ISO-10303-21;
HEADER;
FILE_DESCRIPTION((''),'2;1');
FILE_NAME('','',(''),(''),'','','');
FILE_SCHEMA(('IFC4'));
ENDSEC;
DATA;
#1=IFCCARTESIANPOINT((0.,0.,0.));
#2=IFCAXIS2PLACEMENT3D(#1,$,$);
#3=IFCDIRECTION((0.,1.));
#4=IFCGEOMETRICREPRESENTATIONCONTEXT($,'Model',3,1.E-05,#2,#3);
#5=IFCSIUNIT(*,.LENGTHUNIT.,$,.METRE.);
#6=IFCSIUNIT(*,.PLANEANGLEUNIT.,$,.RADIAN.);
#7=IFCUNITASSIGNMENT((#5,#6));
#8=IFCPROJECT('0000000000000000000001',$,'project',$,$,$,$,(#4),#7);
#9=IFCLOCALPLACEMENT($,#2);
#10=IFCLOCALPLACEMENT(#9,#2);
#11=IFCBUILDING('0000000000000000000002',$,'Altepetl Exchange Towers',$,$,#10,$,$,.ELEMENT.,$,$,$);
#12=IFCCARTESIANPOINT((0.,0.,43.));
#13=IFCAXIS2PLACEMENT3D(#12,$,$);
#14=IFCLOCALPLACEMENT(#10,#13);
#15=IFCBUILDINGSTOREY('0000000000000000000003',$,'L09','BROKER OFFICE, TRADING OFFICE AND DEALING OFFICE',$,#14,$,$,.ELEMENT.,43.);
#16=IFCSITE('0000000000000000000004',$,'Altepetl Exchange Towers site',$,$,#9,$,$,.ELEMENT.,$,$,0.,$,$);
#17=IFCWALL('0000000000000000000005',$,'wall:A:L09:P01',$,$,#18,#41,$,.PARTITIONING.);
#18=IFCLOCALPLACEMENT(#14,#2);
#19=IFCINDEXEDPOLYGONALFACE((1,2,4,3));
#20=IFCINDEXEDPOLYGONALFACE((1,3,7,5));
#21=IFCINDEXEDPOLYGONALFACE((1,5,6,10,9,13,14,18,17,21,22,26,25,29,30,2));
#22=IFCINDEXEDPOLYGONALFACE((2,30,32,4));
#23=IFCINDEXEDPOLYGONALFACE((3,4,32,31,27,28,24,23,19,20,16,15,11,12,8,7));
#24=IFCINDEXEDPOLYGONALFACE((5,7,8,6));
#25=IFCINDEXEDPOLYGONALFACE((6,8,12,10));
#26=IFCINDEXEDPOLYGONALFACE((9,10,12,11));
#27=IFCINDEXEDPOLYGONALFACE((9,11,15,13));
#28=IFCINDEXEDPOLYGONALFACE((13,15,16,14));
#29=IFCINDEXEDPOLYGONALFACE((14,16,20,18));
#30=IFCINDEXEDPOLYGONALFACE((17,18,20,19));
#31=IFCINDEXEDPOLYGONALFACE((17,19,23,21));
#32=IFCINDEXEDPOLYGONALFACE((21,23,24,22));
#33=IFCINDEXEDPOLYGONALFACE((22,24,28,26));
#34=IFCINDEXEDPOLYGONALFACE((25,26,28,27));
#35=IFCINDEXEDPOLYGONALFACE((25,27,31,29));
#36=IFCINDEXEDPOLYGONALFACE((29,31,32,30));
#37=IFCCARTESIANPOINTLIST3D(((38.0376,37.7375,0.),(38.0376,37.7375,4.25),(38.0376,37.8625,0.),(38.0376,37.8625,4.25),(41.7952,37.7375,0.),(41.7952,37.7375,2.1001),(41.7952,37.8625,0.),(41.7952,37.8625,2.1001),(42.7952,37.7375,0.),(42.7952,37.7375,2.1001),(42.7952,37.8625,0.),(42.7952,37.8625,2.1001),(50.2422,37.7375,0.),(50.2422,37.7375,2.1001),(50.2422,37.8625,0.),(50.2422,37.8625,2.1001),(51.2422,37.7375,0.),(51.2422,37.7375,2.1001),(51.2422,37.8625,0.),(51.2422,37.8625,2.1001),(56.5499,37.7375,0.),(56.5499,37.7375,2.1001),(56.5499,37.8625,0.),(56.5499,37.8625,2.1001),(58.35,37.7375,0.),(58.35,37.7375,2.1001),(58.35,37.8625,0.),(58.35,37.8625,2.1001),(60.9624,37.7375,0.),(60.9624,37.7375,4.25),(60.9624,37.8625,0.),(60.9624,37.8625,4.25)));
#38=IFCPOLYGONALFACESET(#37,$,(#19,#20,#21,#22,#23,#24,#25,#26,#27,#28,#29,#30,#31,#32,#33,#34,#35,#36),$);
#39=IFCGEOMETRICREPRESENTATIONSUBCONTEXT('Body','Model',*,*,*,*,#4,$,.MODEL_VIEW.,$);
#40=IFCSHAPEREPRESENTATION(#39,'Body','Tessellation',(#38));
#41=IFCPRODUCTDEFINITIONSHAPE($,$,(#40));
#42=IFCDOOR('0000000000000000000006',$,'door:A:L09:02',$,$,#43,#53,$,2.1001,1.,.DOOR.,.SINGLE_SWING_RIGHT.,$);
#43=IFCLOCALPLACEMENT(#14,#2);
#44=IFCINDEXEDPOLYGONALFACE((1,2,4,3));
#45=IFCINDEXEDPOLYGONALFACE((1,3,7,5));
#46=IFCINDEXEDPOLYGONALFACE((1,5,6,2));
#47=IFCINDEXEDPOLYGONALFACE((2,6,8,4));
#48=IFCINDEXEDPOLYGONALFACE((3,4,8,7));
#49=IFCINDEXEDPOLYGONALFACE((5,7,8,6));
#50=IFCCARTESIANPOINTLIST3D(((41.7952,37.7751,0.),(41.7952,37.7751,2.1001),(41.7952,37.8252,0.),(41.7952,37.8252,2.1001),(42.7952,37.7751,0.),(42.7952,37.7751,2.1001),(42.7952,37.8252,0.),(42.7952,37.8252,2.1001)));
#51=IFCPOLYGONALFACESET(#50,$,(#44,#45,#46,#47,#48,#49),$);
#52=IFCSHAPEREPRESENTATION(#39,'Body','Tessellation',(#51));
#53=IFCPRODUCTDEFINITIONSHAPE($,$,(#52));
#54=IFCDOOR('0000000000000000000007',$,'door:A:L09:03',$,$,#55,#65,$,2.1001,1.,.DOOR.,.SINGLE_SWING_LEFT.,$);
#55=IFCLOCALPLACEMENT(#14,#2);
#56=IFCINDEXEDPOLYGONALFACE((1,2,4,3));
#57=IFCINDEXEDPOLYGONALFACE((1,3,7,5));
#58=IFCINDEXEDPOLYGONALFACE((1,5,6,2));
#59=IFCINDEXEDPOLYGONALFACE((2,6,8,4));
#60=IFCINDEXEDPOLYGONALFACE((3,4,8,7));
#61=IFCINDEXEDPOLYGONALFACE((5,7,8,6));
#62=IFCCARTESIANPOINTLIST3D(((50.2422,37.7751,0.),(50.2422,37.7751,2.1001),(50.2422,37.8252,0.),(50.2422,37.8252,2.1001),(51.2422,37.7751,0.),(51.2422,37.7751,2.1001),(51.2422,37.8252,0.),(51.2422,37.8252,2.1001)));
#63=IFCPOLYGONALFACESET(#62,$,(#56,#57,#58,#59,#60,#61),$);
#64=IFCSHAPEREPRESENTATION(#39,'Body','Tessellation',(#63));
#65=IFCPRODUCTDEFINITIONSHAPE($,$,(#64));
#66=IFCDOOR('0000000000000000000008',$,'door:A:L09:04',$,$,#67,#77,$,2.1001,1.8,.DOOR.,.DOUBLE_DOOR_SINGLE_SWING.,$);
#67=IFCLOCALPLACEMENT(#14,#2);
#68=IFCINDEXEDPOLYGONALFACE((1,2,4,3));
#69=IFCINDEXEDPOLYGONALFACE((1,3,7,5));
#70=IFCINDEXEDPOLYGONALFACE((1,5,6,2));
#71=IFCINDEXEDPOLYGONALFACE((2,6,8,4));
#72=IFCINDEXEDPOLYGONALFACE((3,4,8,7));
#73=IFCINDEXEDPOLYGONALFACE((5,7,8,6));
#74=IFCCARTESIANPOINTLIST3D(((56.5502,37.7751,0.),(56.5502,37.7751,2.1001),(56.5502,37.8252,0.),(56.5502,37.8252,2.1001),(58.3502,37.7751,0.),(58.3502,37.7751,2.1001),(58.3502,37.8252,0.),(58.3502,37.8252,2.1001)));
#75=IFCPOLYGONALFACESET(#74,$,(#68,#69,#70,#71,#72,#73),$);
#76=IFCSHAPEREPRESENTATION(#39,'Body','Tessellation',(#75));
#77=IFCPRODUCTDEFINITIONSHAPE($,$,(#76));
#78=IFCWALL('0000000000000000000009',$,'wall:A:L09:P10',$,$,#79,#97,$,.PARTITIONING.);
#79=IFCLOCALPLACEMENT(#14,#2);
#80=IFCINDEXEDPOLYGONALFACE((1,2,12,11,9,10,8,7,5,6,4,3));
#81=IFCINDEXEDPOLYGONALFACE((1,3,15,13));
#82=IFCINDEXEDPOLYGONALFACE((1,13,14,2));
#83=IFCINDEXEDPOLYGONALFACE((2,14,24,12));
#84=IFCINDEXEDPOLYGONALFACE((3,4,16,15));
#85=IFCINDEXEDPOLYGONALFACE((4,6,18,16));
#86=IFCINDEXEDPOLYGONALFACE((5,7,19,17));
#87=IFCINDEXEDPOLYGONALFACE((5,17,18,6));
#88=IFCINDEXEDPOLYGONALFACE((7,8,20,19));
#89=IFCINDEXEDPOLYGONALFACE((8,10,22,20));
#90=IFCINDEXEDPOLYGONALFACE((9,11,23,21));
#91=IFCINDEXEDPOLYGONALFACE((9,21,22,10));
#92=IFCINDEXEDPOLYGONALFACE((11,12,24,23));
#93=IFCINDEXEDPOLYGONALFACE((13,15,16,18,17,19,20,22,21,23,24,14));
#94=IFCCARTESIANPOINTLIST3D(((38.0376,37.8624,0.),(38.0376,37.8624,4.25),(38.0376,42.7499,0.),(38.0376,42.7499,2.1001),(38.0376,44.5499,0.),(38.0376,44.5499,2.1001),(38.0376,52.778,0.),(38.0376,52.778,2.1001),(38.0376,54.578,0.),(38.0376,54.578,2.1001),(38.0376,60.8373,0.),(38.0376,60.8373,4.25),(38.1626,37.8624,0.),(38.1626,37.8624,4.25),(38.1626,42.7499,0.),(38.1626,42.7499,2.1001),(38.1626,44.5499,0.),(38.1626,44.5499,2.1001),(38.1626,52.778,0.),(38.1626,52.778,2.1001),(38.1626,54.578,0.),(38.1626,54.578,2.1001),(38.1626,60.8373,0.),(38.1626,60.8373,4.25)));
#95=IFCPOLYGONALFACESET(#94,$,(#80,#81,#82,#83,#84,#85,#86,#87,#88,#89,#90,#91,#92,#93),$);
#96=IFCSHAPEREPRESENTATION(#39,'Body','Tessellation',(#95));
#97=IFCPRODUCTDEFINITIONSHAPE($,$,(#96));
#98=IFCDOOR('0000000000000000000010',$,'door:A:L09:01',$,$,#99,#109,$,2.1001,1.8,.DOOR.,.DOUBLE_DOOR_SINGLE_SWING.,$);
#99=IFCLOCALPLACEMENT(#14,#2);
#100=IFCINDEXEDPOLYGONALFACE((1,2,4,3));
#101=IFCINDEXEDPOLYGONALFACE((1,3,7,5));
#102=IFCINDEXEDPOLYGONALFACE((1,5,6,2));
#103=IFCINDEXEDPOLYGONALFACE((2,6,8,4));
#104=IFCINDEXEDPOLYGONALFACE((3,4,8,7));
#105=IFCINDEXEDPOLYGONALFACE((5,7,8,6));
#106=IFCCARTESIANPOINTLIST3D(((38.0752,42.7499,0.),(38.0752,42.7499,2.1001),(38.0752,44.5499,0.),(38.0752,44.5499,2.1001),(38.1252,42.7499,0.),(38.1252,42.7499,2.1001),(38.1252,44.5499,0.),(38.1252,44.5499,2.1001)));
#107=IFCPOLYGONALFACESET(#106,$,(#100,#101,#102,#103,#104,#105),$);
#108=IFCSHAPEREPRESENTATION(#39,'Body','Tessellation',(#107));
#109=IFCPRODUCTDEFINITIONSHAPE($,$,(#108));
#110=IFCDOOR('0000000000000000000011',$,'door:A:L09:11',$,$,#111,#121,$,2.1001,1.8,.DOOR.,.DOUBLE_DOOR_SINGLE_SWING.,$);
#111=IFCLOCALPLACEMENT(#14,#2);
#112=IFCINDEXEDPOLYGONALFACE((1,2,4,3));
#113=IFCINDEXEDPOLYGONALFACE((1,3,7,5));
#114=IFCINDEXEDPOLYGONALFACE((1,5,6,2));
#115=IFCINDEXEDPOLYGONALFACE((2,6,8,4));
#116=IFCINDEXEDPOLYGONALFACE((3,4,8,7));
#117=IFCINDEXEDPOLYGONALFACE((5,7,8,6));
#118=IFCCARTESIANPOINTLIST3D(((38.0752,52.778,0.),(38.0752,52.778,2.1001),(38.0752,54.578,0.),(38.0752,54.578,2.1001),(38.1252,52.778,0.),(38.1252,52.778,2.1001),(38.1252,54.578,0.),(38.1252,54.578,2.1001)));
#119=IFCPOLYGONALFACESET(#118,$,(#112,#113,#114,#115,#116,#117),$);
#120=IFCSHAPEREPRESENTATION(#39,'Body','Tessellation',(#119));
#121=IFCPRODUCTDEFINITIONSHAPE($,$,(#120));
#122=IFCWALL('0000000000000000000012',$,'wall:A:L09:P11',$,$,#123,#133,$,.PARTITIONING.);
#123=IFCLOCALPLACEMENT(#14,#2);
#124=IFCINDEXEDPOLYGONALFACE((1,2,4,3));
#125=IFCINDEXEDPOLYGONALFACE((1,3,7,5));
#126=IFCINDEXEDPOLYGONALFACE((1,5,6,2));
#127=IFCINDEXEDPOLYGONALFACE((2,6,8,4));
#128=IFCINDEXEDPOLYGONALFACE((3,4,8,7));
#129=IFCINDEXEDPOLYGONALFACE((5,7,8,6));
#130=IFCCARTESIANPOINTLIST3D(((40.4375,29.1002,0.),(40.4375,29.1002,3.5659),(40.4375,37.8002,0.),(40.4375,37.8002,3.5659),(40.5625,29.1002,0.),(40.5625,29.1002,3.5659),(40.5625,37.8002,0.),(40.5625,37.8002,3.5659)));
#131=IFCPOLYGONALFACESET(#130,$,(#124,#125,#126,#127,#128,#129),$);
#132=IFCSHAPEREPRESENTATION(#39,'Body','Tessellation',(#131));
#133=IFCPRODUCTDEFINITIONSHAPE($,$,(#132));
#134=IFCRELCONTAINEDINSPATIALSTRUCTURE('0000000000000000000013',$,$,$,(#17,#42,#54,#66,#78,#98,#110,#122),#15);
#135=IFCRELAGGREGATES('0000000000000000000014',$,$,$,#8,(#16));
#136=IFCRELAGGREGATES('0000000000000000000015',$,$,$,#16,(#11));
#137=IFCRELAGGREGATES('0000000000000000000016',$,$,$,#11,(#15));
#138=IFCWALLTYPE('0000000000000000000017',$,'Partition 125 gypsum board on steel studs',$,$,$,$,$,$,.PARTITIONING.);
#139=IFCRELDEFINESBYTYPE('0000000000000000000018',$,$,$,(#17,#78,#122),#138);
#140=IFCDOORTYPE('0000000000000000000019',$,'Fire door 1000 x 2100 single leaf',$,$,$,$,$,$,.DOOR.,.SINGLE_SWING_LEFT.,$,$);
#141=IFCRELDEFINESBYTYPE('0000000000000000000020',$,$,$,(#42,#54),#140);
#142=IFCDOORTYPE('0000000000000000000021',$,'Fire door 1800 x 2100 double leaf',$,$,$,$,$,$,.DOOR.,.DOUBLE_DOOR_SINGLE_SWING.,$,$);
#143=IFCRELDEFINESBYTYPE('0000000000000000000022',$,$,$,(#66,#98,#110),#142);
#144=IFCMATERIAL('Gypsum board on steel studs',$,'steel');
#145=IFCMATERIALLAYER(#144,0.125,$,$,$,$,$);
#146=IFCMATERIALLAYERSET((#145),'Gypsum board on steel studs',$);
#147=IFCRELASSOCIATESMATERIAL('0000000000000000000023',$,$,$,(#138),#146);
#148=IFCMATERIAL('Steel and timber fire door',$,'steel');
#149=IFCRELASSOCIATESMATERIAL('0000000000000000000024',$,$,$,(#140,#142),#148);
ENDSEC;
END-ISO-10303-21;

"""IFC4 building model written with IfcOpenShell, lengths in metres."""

from ifc_helpers import new_model, si_unit, direction, frame, frame_2d, origin, place, context, subcontext, project, spatial, rectangle, extrude, material, layer, layer_set, type_object, element, fill, save


model = new_model("IFC4")

# Units and contexts
model_context = context("Model", 3, precision=1e-05, world=origin(), true_north=direction((0.0, 1.0)))
body_context = subcontext(model_context, "Body", "Model", "MODEL_VIEW")
ifc_project = project(units=[si_unit("LENGTHUNIT", "METRE"), si_unit("PLANEANGLEUNIT", "RADIAN")], contexts=[model_context])

# Site, building, storey
site_placement = place(None, origin())
site = spatial("IfcSite", under=ifc_project, at=site_placement, Name="Altepetl Exchange Towers site", CompositionType="ELEMENT", RefElevation=0.0)
building_placement = place(site_placement, origin())
building = spatial("IfcBuilding", under=site, at=building_placement, Name="Altepetl Exchange Towers", CompositionType="ELEMENT")
storey_placement = place(building_placement, frame((0.0, 0.0, 43.0)))
storey = spatial("IfcBuildingStorey", under=building, at=storey_placement, Name="L09", Description="BROKER OFFICE, TRADING OFFICE AND DEALING OFFICE", CompositionType="ELEMENT", Elevation=43.0)

# Walls, openings, doors
ifc_material_1 = material(Name="Steel and timber fire door", Category="steel")
ifc_material_2 = material(Name="Gypsum board on steel studs", Category="steel")
ifc_layer_1 = layer(ifc_material_2, 0.125)
ifc_layer_set_1 = layer_set([ifc_layer_1], Name="Gypsum board on steel studs")
wall_type_1 = type_object("IfcWallType", Name="Partition 125 gypsum board on steel studs", PredefinedType="PARTITIONING", material=ifc_layer_set_1)
wall_1_placement = place(storey_placement, frame((38.0376, 37.8, 0.0)))
wall_1 = element("IfcWall", 1, at=wall_1_placement, inside=storey, type_object=wall_type_1, Name="wall:A:L09:P01", PredefinedType="PARTITIONING", context=body_context, shape_type="SweptSolid", body=[
    extrude(rectangle(XDim=22.9248, YDim=0.125, at=frame_2d((11.4624, 0.0))), origin(), (0.0, 0.0, 1.0), 4.25),
])
opening_1_placement = place(wall_1_placement, frame((3.7576, 0.0, 0.0)))
opening_1 = element("IfcOpeningElement", 2, at=opening_1_placement, cuts=wall_1, PredefinedType="OPENING", context=body_context, shape_type="SweptSolid", body=[
    extrude(rectangle(XDim=1.0, YDim=2.1001, at=frame_2d((0.5, 1.05))), frame((0.0, 0.0725, 0.0), z_axis=(0.0, -1.0, 0.0), x_axis=(1.0, 0.0, 0.0)), (0.0, 0.0, 1.0), 0.145),
])
opening_2_placement = place(wall_1_placement, frame((12.2046, 0.0, 0.0)))
opening_2 = element("IfcOpeningElement", 3, at=opening_2_placement, cuts=wall_1, PredefinedType="OPENING", context=body_context, shape_type="SweptSolid", body=[
    extrude(rectangle(XDim=1.0, YDim=2.1001, at=frame_2d((0.5, 1.05))), frame((0.0, 0.0725, 0.0), z_axis=(0.0, -1.0, 0.0), x_axis=(1.0, 0.0, 0.0)), (0.0, 0.0, 1.0), 0.145),
])
opening_3_placement = place(wall_1_placement, frame((18.5125, 0.0, 0.0)))
opening_3 = element("IfcOpeningElement", 4, at=opening_3_placement, cuts=wall_1, PredefinedType="OPENING", context=body_context, shape_type="SweptSolid", body=[
    extrude(rectangle(XDim=1.8, YDim=2.1001, at=frame_2d((0.8999, 1.05))), frame((0.0, 0.0725, 0.0), z_axis=(0.0, -1.0, 0.0), x_axis=(1.0, 0.0, 0.0)), (0.0, 0.0, 1.0), 0.145),
])
door_type_1 = type_object("IfcDoorType", Name="Fire door 1000 x 2100 single leaf", OperationType="SINGLE_SWING_LEFT", PredefinedType="DOOR", material=ifc_material_1)
door_1_placement = place(opening_1_placement, frame((1.0, 0.0, 0.0), x_axis=(-1.0, 0.0, 0.0)))
door_1 = element("IfcDoor", 5, at=door_1_placement, inside=storey, type_object=door_type_1, Name="door:A:L09:02", OperationType="SINGLE_SWING_RIGHT", OverallHeight=2.1001, OverallWidth=1.0, PredefinedType="DOOR", context=body_context, shape_type="SweptSolid", body=[
    extrude(rectangle(XDim=1.0, YDim=2.1001, at=frame_2d((0.5, 1.05))), frame((0.0, 0.0249, 0.0), z_axis=(0.0, -1.0, 0.0), x_axis=(1.0, 0.0, 0.0)), (0.0, 0.0, 1.0), 0.05),
])
fill(opening_1, door_1)
door_2_placement = place(opening_2_placement, frame((1.0, 0.0, 0.0), x_axis=(-1.0, 0.0, 0.0)))
door_2 = element("IfcDoor", 6, at=door_2_placement, inside=storey, type_object=door_type_1, Name="door:A:L09:03", OperationType="SINGLE_SWING_LEFT", OverallHeight=2.1001, OverallWidth=1.0, PredefinedType="DOOR", context=body_context, shape_type="SweptSolid", body=[
    extrude(rectangle(XDim=1.0, YDim=2.1001, at=frame_2d((0.5, 1.05))), frame((0.0, 0.0249, 0.0), z_axis=(0.0, -1.0, 0.0), x_axis=(1.0, 0.0, 0.0)), (0.0, 0.0, 1.0), 0.05),
])
fill(opening_2, door_2)
door_type_2 = type_object("IfcDoorType", Name="Fire door 1800 x 2100 double leaf", OperationType="DOUBLE_DOOR_SINGLE_SWING", PredefinedType="DOOR", material=ifc_material_1)
door_3_placement = place(opening_3_placement, frame((1.8, 0.0, 0.0), x_axis=(-1.0, 0.0, 0.0)))
door_3 = element("IfcDoor", 7, at=door_3_placement, inside=storey, type_object=door_type_2, Name="door:A:L09:04", OperationType="DOUBLE_DOOR_SINGLE_SWING", OverallHeight=2.1001, OverallWidth=1.8, PredefinedType="DOOR", context=body_context, shape_type="SweptSolid", body=[
    extrude(rectangle(XDim=1.8, YDim=2.1001, at=frame_2d((0.8999, 1.05))), frame((0.0, 0.0249, 0.0), z_axis=(0.0, -1.0, 0.0), x_axis=(1.0, 0.0, 0.0)), (0.0, 0.0, 1.0), 0.05),
])
fill(opening_3, door_3)
wall_2_placement = place(storey_placement, frame((38.1001, 37.8625, 0.0), z_axis=(0.0, 0.0, 1.0), x_axis=(0.0, 1.0, 0.0)))
wall_2 = element("IfcWall", 8, at=wall_2_placement, inside=storey, type_object=wall_type_1, Name="wall:A:L09:P10", PredefinedType="PARTITIONING", context=body_context, shape_type="SweptSolid", body=[
    extrude(rectangle(XDim=22.9749, YDim=0.125, at=frame_2d((11.4873, 0.0))), origin(), (0.0, 0.0, 1.0), 4.25),
])
opening_4_placement = place(wall_2_placement, frame((4.8875, 0.0, 0.0)))
opening_4 = element("IfcOpeningElement", 9, at=opening_4_placement, cuts=wall_2, PredefinedType="OPENING", context=body_context, shape_type="SweptSolid", body=[
    extrude(rectangle(XDim=1.8, YDim=2.1001, at=frame_2d((0.8999, 1.05))), frame((0.0, 0.0725, 0.0), z_axis=(0.0, -1.0, 0.0), x_axis=(1.0, 0.0, 0.0)), (0.0, 0.0, 1.0), 0.145),
])
opening_5_placement = place(wall_2_placement, frame((14.9155, 0.0, 0.0)))
opening_5 = element("IfcOpeningElement", 10, at=opening_5_placement, cuts=wall_2, PredefinedType="OPENING", context=body_context, shape_type="SweptSolid", body=[
    extrude(rectangle(XDim=1.8, YDim=2.1001, at=frame_2d((0.8999, 1.05))), frame((0.0, 0.0725, 0.0), z_axis=(0.0, -1.0, 0.0), x_axis=(1.0, 0.0, 0.0)), (0.0, 0.0, 1.0), 0.145),
])
door_4_placement = place(opening_4_placement, origin())
door_4 = element("IfcDoor", 11, at=door_4_placement, inside=storey, type_object=door_type_2, Name="door:A:L09:01", OperationType="DOUBLE_DOOR_SINGLE_SWING", OverallHeight=2.1001, OverallWidth=1.8, PredefinedType="DOOR", context=body_context, shape_type="SweptSolid", body=[
    extrude(rectangle(XDim=1.8, YDim=2.1001, at=frame_2d((0.8999, 1.05))), frame((0.0, 0.0249, 0.0), z_axis=(0.0, -1.0, 0.0), x_axis=(1.0, 0.0, 0.0)), (0.0, 0.0, 1.0), 0.05),
])
fill(opening_4, door_4)
door_5_placement = place(opening_5_placement, origin())
door_5 = element("IfcDoor", 12, at=door_5_placement, inside=storey, type_object=door_type_2, Name="door:A:L09:11", OperationType="DOUBLE_DOOR_SINGLE_SWING", OverallHeight=2.1001, OverallWidth=1.8, PredefinedType="DOOR", context=body_context, shape_type="SweptSolid", body=[
    extrude(rectangle(XDim=1.8, YDim=2.1001, at=frame_2d((0.8999, 1.05))), frame((0.0, 0.0249, 0.0), z_axis=(0.0, -1.0, 0.0), x_axis=(1.0, 0.0, 0.0)), (0.0, 0.0, 1.0), 0.05),
])
fill(opening_5, door_5)

# Wall
wall_3_placement = place(storey_placement, frame((40.5, 29.1001, 0.0), z_axis=(0.0, 0.0, 1.0), x_axis=(0.0, 1.0, 0.0)))
element("IfcWall", 13, at=wall_3_placement, inside=storey, type_object=wall_type_1, Name="wall:A:L09:P11", PredefinedType="PARTITIONING", context=body_context, shape_type="SweptSolid", body=[
    extrude(rectangle(XDim=8.7, YDim=0.125, at=frame_2d((4.3501, 0.0))), origin(), (0.0, 0.0, 1.0), 3.5659),
])

save(model, "model.ifc")
